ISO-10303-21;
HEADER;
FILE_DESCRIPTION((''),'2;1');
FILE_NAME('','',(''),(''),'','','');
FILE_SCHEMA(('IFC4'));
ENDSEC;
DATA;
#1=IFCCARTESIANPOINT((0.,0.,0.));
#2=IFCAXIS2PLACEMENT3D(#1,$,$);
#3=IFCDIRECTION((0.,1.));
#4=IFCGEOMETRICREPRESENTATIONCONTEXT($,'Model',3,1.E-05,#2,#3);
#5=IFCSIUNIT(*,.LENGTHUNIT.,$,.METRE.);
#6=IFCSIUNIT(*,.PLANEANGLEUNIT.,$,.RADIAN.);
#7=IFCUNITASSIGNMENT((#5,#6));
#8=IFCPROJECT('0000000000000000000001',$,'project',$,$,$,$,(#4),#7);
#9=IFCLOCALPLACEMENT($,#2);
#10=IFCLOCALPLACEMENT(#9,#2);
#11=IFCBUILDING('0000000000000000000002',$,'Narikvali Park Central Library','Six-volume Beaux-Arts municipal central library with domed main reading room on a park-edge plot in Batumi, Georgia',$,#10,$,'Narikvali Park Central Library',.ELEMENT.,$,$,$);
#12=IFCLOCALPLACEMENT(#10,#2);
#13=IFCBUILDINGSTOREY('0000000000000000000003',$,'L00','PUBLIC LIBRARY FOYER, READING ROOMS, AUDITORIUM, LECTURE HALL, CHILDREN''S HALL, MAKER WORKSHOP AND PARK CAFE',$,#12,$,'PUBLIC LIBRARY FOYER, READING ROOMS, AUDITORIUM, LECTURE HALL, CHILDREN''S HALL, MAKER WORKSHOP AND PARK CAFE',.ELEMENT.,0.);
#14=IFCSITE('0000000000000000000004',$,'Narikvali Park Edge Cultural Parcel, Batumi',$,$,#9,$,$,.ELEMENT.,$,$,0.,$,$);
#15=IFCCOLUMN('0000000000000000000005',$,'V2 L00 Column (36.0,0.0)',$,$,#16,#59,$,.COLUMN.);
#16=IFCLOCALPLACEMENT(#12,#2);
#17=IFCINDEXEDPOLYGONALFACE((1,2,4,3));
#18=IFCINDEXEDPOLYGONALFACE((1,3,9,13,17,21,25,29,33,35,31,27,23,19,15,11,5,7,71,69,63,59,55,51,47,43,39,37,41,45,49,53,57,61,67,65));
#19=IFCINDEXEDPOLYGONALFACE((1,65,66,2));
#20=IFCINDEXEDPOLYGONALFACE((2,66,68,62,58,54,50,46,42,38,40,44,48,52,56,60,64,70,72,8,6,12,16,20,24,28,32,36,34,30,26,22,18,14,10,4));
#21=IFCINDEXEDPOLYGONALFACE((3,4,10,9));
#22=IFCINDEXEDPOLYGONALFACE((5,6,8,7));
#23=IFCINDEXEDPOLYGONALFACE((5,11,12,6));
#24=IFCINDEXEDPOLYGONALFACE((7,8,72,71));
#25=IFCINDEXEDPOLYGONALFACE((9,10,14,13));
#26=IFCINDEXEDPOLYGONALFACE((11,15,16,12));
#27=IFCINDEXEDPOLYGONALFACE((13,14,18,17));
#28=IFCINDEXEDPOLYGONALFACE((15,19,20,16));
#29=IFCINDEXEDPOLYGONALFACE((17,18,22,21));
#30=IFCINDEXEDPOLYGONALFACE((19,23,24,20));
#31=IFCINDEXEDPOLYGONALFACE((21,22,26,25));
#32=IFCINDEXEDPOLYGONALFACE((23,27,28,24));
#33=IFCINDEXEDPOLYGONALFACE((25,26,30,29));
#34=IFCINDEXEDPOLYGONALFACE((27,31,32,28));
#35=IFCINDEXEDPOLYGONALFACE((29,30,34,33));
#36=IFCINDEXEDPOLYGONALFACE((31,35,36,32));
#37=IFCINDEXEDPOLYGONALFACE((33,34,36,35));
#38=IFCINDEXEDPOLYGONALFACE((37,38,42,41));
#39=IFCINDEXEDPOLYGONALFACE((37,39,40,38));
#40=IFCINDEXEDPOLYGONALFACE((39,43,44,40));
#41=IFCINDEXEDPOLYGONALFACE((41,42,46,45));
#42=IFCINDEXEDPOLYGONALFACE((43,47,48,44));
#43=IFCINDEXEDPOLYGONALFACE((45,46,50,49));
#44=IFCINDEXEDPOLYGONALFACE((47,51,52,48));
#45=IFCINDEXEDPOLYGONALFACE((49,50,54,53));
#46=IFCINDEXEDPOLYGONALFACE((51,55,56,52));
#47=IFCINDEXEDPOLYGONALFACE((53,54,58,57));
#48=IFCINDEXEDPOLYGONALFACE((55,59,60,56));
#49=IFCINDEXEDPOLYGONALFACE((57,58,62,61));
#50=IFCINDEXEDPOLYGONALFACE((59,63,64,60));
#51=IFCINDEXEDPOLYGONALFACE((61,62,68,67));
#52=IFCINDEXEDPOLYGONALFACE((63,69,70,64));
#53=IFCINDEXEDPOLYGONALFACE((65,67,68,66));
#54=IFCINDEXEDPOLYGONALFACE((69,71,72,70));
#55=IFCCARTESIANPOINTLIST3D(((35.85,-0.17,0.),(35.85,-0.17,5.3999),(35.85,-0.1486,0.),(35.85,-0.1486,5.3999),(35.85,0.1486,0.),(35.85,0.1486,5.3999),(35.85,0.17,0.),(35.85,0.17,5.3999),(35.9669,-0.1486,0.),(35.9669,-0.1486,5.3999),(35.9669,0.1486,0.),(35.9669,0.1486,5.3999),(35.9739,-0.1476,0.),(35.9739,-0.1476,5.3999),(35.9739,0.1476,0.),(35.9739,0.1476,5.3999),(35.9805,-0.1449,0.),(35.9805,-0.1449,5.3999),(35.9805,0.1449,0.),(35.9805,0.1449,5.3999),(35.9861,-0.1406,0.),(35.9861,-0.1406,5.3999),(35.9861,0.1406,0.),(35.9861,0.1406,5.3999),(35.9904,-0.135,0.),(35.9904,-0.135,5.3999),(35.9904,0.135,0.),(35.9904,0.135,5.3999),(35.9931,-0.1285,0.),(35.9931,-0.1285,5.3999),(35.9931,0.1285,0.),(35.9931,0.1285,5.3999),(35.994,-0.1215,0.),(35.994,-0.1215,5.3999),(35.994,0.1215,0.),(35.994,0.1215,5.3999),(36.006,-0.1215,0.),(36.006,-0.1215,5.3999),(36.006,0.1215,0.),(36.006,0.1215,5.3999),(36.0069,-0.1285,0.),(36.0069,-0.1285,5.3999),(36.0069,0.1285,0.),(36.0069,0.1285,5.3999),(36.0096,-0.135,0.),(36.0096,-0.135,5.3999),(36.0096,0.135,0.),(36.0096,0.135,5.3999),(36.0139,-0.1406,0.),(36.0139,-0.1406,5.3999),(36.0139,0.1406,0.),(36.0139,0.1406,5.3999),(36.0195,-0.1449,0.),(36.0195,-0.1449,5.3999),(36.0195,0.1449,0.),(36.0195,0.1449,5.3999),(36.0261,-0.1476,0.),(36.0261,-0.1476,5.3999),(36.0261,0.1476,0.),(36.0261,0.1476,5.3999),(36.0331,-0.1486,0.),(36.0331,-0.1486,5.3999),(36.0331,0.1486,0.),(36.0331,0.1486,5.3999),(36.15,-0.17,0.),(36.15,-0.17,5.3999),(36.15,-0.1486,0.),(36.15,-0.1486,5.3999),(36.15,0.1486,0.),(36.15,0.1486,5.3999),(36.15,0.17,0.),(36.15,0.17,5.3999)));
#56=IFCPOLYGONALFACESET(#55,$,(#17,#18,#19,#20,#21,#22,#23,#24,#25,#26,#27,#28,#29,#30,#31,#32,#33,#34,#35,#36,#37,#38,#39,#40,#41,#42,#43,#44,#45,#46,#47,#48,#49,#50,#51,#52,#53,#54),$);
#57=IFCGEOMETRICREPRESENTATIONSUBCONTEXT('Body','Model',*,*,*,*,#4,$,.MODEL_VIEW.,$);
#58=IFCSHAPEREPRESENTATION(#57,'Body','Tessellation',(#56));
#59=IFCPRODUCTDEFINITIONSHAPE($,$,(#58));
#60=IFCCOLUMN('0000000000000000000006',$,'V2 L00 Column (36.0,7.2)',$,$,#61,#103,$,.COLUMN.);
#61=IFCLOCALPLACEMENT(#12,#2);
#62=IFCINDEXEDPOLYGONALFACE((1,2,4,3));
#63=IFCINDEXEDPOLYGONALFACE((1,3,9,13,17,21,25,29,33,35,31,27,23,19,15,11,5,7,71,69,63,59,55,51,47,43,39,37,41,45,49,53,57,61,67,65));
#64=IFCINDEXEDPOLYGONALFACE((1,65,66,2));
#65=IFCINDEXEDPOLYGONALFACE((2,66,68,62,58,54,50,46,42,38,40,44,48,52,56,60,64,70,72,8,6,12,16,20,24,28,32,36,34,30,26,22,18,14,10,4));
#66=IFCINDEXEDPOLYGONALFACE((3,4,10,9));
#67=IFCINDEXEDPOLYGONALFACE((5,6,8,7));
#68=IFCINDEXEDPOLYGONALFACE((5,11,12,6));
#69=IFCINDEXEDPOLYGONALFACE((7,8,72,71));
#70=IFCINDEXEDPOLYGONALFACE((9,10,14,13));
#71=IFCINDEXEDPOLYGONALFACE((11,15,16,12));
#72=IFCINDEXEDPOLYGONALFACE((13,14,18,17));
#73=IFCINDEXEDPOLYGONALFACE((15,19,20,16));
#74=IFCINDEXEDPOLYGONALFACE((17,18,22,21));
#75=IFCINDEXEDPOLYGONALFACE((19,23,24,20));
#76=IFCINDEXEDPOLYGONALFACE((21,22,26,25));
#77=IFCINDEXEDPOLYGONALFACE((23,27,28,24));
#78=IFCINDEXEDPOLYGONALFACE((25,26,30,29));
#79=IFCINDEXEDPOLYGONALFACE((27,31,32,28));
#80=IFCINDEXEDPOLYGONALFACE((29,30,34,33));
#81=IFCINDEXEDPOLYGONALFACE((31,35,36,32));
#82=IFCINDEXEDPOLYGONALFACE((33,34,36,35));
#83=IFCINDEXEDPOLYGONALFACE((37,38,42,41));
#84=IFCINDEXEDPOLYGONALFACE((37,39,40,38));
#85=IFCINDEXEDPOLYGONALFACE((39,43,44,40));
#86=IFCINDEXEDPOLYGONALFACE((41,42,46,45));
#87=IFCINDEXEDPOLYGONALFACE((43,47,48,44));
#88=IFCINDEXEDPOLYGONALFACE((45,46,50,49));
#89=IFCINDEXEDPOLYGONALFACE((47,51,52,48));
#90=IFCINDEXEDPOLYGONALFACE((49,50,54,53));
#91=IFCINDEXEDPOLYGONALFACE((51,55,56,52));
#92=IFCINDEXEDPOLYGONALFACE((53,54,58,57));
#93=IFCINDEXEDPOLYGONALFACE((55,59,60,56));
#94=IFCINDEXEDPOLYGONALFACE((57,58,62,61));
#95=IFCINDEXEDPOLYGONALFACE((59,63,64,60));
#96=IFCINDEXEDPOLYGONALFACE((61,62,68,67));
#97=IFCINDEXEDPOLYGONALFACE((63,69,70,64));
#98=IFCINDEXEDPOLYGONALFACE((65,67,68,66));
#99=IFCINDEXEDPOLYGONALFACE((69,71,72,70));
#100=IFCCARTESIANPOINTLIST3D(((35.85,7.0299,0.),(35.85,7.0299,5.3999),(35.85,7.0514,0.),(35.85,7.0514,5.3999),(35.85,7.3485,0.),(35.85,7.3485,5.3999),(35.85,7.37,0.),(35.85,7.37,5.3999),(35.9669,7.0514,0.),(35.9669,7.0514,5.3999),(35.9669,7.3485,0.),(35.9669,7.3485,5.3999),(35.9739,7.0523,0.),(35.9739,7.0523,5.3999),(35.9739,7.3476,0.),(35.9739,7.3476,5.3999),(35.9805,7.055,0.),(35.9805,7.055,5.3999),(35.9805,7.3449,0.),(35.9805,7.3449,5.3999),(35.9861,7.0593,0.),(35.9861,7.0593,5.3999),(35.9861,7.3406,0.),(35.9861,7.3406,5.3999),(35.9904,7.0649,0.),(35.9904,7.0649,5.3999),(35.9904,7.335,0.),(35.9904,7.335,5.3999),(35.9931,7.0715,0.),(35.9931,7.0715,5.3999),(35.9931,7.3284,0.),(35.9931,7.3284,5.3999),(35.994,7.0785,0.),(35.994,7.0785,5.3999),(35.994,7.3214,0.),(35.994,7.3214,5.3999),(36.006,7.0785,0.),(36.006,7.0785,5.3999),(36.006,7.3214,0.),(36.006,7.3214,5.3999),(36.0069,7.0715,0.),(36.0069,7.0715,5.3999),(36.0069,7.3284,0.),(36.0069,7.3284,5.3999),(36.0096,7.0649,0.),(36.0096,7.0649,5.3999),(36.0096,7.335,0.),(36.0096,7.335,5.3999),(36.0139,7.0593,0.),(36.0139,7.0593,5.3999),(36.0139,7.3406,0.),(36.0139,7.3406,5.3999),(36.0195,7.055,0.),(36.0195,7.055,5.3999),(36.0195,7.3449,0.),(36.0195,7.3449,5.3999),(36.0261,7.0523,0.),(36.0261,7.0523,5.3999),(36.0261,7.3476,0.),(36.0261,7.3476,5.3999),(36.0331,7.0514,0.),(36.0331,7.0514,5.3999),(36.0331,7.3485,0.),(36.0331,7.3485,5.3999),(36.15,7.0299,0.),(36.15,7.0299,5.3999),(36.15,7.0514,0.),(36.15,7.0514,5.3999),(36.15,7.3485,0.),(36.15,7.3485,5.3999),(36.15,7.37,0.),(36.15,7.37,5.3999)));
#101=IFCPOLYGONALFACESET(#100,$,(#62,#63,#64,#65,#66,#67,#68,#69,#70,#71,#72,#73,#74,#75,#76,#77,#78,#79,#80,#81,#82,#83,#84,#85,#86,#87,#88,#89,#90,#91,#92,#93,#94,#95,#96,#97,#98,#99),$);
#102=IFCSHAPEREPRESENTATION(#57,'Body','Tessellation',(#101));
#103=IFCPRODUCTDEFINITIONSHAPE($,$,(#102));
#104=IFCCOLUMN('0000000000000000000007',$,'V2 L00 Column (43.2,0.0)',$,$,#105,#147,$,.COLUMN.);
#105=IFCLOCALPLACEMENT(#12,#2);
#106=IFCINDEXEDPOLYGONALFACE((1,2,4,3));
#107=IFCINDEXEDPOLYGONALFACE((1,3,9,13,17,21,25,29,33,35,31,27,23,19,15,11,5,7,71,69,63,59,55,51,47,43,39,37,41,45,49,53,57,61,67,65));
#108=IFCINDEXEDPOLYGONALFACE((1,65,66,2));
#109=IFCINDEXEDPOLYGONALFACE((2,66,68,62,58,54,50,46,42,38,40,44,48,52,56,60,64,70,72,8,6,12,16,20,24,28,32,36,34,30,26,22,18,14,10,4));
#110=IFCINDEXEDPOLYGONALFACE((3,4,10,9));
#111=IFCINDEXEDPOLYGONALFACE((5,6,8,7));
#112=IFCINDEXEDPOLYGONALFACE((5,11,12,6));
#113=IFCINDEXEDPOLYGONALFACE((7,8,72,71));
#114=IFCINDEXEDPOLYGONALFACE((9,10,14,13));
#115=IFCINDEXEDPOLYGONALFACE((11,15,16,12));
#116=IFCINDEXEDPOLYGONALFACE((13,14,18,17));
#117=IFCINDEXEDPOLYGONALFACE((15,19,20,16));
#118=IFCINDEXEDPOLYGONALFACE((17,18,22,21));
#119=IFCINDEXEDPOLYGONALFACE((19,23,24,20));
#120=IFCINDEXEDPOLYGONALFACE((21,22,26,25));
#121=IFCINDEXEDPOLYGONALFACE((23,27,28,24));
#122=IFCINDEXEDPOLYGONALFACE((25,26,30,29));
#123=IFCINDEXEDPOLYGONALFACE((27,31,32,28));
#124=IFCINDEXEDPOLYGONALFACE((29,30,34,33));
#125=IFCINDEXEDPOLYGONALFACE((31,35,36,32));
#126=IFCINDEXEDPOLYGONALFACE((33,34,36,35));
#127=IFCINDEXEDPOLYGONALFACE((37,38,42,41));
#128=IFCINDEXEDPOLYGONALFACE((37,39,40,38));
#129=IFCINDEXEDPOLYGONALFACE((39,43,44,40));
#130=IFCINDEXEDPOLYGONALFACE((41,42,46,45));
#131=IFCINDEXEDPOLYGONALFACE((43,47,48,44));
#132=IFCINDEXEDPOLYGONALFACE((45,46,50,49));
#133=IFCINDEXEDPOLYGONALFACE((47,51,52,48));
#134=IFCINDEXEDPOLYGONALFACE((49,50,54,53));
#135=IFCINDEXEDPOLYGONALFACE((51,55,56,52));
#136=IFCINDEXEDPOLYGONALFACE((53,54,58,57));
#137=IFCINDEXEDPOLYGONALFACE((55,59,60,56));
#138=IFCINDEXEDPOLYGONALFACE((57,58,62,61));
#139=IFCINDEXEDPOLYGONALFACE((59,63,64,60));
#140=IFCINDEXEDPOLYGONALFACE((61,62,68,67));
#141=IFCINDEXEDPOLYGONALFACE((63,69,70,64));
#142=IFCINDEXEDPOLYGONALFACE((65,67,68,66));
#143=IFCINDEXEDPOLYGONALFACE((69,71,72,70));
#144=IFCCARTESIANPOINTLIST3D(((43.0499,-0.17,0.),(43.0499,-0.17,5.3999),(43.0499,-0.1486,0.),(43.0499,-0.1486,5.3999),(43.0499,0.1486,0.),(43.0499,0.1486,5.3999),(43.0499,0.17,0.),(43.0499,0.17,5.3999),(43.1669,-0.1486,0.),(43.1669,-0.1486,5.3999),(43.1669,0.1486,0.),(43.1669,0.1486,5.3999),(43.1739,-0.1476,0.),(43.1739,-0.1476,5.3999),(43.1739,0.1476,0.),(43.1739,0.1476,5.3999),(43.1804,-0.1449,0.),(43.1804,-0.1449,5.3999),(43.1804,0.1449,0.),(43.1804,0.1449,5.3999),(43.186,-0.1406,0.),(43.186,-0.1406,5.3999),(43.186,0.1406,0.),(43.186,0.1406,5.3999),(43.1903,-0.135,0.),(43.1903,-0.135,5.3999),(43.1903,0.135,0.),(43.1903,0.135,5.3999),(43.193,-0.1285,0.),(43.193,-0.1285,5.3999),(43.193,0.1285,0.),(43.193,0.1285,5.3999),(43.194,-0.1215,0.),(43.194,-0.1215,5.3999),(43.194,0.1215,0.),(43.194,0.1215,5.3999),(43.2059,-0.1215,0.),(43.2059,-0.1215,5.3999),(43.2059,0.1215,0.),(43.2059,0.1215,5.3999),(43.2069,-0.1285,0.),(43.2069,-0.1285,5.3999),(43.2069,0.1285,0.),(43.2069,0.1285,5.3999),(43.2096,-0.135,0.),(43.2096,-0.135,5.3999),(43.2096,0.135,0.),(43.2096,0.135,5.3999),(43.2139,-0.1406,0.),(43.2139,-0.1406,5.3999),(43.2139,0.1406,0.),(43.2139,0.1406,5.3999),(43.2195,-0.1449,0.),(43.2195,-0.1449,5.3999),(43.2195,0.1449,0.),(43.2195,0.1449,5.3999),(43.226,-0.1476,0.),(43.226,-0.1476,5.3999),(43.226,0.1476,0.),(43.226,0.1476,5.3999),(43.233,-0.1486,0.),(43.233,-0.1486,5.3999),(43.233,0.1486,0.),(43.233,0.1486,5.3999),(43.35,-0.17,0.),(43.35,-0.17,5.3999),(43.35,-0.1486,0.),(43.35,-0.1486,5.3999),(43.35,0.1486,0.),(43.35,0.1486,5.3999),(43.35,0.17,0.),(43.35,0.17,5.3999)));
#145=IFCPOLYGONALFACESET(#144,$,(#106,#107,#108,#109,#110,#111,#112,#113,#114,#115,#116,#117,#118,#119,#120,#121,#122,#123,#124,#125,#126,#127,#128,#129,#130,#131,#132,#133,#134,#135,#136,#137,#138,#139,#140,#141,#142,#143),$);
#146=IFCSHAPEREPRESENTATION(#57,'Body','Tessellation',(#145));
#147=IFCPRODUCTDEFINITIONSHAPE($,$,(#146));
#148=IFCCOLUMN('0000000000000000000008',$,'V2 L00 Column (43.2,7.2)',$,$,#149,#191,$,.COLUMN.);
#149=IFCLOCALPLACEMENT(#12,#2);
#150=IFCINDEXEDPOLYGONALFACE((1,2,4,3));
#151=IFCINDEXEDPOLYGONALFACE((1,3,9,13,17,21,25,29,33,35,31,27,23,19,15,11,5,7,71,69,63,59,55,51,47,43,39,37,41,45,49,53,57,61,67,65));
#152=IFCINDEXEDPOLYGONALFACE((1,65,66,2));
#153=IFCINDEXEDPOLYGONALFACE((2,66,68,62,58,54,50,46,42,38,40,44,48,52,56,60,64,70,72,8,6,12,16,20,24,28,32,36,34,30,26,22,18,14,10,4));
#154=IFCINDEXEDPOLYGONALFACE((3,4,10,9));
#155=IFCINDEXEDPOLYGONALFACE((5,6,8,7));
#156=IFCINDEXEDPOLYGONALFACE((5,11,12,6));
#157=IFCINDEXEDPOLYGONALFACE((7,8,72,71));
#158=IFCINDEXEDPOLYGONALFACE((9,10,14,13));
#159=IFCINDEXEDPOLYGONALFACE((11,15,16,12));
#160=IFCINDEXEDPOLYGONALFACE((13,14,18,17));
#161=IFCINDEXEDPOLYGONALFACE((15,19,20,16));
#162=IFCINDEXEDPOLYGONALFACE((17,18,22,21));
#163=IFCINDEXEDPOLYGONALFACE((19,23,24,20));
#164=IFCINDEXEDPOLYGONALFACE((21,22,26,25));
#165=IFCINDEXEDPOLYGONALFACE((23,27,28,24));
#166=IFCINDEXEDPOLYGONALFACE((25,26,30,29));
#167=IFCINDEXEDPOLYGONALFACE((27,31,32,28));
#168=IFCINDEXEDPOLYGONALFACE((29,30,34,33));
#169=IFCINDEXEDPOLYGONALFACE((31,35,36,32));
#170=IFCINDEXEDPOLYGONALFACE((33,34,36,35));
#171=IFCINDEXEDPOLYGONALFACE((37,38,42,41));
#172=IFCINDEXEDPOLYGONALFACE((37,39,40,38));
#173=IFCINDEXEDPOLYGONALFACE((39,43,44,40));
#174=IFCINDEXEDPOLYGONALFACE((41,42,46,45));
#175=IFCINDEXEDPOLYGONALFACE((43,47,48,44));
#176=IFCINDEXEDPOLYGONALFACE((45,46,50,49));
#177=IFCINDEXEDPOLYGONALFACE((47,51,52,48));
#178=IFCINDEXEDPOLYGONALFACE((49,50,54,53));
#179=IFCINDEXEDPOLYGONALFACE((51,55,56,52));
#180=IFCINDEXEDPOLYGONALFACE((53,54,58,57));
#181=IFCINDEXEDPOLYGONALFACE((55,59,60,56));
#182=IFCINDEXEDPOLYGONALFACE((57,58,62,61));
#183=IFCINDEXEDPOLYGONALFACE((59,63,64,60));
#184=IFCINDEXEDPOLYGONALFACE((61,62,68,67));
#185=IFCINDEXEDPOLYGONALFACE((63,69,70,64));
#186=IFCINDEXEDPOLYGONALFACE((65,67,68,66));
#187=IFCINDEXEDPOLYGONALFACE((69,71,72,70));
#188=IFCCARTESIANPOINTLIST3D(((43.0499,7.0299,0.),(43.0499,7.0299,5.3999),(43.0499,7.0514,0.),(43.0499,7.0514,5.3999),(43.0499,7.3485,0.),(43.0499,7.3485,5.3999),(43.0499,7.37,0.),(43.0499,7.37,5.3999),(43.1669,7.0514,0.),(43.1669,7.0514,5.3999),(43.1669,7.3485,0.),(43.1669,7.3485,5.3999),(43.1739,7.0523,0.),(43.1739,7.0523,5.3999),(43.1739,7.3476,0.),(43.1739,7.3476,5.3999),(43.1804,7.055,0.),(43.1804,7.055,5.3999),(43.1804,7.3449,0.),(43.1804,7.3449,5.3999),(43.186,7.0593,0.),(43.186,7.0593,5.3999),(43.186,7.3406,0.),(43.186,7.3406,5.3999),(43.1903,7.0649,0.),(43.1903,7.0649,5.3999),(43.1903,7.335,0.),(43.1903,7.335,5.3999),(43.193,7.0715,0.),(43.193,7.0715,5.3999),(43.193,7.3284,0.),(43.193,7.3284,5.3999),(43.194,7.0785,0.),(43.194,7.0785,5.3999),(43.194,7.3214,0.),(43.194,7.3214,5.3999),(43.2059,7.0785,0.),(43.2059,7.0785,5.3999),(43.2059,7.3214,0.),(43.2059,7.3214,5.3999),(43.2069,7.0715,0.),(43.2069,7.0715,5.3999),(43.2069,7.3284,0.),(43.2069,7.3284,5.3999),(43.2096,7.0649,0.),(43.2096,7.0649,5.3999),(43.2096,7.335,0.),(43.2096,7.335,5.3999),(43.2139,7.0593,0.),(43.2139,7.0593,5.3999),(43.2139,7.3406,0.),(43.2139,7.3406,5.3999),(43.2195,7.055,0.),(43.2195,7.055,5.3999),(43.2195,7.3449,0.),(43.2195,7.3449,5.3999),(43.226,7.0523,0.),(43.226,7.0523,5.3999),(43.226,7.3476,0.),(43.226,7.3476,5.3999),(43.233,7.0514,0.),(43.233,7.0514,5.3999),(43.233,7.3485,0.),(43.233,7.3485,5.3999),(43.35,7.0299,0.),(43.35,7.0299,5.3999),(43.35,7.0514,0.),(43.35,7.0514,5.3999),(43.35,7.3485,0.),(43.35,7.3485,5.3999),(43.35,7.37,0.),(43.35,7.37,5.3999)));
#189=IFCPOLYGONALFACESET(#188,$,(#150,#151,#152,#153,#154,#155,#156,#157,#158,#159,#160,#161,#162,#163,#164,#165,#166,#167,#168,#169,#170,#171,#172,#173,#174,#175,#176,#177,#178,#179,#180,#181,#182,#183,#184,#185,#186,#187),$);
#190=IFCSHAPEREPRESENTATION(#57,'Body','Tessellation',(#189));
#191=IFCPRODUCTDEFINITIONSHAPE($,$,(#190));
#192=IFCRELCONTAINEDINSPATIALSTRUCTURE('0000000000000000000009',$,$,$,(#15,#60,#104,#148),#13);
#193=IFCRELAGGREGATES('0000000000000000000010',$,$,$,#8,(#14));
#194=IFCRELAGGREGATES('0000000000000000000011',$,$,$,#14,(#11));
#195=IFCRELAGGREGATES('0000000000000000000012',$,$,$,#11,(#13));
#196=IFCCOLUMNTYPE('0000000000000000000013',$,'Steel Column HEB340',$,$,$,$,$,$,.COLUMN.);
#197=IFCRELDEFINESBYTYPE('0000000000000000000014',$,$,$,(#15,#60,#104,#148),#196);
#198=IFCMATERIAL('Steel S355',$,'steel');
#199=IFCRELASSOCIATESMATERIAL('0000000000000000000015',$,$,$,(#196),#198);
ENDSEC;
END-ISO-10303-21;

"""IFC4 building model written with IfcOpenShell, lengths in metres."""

from ifc_helpers import new_model, si_unit, direction, frame, origin, origin_2d, place, context, subcontext, project, spatial, i_section, extrude, material, material_profile, profile_set, type_object, element, save


model = new_model("IFC4")

# Units and contexts
model_context = context("Model", 3, precision=1e-05, world=origin(), true_north=direction((0.0, 1.0)))
body_context = subcontext(model_context, "Body", "Model", "MODEL_VIEW")
ifc_project = project(units=[si_unit("LENGTHUNIT", "METRE"), si_unit("PLANEANGLEUNIT", "RADIAN")], contexts=[model_context])

# Site, building, storey
site_placement = place(None, origin())
site = spatial("IfcSite", under=ifc_project, at=site_placement, Name="Narikvali Park Edge Cultural Parcel, Batumi", CompositionType="ELEMENT", RefElevation=0.0)
building_placement = place(site_placement, origin())
building = spatial("IfcBuilding", under=site, at=building_placement, Name="Narikvali Park Central Library", Description="Six-volume Beaux-Arts municipal central library with domed main reading room on a park-edge plot in Batumi, Georgia", LongName="Narikvali Park Central Library", CompositionType="ELEMENT")
storey_placement = place(building_placement, origin())
storey = spatial("IfcBuildingStorey", under=building, at=storey_placement, Name="L00", Description="PUBLIC LIBRARY FOYER, READING ROOMS, AUDITORIUM, LECTURE HALL, CHILDREN'S HALL, MAKER WORKSHOP AND PARK CAFE", LongName="PUBLIC LIBRARY FOYER, READING ROOMS, AUDITORIUM, LECTURE HALL, CHILDREN'S HALL, MAKER WORKSHOP AND PARK CAFE", CompositionType="ELEMENT", Elevation=0.0)

# Columns
ifc_material_1 = material(Name="Steel S355", Category="steel")
ifc_material_profile_1 = material_profile(ifc_material_1, i_section(OverallWidth=0.3, OverallDepth=0.3401, WebThickness=0.012, FlangeThickness=0.0215, FilletRadius=0.0271, at=origin_2d()), Name="HEB 340")
ifc_profile_set_1 = profile_set([ifc_material_profile_1], Name="Steel S355")
column_type = type_object("IfcColumnType", Name="Steel Column HEB340", PredefinedType="COLUMN", material=ifc_profile_set_1)
for number, where, z_axis, x_axis, name in (
    (1, (36.0, 0.0, 0.0), (0.0, 0.0, 1.0), (1.0, 0.0, 0.0), "V2 L00 Column (36.0,0.0)"),
    (2, (36.0, 7.2, 0.0), (0.0, 0.0, 1.0), (1.0, 0.0, 0.0), "V2 L00 Column (36.0,7.2)"),
    (3, (43.2, 0.0, 0.0), (0.0, 0.0, 1.0), (1.0, 0.0, 0.0), "V2 L00 Column (43.2,0.0)"),
    (4, (43.2, 7.2, 0.0), (0.0, 0.0, 1.0), (1.0, 0.0, 0.0), "V2 L00 Column (43.2,7.2)"),
):
    element("IfcColumn", number, at=place(storey_placement, frame(where, z_axis=z_axis, x_axis=x_axis)), inside=storey, type_object=column_type, Name=name, PredefinedType="COLUMN", context=body_context, shape_type="SweptSolid", body=[
        extrude(i_section(OverallWidth=0.3, OverallDepth=0.3401, WebThickness=0.012, FlangeThickness=0.0215, FilletRadius=0.0271, at=origin_2d()), origin(), (0.0, 0.0, 1.0), 5.3999),
    ])

save(model, "model.ifc")
